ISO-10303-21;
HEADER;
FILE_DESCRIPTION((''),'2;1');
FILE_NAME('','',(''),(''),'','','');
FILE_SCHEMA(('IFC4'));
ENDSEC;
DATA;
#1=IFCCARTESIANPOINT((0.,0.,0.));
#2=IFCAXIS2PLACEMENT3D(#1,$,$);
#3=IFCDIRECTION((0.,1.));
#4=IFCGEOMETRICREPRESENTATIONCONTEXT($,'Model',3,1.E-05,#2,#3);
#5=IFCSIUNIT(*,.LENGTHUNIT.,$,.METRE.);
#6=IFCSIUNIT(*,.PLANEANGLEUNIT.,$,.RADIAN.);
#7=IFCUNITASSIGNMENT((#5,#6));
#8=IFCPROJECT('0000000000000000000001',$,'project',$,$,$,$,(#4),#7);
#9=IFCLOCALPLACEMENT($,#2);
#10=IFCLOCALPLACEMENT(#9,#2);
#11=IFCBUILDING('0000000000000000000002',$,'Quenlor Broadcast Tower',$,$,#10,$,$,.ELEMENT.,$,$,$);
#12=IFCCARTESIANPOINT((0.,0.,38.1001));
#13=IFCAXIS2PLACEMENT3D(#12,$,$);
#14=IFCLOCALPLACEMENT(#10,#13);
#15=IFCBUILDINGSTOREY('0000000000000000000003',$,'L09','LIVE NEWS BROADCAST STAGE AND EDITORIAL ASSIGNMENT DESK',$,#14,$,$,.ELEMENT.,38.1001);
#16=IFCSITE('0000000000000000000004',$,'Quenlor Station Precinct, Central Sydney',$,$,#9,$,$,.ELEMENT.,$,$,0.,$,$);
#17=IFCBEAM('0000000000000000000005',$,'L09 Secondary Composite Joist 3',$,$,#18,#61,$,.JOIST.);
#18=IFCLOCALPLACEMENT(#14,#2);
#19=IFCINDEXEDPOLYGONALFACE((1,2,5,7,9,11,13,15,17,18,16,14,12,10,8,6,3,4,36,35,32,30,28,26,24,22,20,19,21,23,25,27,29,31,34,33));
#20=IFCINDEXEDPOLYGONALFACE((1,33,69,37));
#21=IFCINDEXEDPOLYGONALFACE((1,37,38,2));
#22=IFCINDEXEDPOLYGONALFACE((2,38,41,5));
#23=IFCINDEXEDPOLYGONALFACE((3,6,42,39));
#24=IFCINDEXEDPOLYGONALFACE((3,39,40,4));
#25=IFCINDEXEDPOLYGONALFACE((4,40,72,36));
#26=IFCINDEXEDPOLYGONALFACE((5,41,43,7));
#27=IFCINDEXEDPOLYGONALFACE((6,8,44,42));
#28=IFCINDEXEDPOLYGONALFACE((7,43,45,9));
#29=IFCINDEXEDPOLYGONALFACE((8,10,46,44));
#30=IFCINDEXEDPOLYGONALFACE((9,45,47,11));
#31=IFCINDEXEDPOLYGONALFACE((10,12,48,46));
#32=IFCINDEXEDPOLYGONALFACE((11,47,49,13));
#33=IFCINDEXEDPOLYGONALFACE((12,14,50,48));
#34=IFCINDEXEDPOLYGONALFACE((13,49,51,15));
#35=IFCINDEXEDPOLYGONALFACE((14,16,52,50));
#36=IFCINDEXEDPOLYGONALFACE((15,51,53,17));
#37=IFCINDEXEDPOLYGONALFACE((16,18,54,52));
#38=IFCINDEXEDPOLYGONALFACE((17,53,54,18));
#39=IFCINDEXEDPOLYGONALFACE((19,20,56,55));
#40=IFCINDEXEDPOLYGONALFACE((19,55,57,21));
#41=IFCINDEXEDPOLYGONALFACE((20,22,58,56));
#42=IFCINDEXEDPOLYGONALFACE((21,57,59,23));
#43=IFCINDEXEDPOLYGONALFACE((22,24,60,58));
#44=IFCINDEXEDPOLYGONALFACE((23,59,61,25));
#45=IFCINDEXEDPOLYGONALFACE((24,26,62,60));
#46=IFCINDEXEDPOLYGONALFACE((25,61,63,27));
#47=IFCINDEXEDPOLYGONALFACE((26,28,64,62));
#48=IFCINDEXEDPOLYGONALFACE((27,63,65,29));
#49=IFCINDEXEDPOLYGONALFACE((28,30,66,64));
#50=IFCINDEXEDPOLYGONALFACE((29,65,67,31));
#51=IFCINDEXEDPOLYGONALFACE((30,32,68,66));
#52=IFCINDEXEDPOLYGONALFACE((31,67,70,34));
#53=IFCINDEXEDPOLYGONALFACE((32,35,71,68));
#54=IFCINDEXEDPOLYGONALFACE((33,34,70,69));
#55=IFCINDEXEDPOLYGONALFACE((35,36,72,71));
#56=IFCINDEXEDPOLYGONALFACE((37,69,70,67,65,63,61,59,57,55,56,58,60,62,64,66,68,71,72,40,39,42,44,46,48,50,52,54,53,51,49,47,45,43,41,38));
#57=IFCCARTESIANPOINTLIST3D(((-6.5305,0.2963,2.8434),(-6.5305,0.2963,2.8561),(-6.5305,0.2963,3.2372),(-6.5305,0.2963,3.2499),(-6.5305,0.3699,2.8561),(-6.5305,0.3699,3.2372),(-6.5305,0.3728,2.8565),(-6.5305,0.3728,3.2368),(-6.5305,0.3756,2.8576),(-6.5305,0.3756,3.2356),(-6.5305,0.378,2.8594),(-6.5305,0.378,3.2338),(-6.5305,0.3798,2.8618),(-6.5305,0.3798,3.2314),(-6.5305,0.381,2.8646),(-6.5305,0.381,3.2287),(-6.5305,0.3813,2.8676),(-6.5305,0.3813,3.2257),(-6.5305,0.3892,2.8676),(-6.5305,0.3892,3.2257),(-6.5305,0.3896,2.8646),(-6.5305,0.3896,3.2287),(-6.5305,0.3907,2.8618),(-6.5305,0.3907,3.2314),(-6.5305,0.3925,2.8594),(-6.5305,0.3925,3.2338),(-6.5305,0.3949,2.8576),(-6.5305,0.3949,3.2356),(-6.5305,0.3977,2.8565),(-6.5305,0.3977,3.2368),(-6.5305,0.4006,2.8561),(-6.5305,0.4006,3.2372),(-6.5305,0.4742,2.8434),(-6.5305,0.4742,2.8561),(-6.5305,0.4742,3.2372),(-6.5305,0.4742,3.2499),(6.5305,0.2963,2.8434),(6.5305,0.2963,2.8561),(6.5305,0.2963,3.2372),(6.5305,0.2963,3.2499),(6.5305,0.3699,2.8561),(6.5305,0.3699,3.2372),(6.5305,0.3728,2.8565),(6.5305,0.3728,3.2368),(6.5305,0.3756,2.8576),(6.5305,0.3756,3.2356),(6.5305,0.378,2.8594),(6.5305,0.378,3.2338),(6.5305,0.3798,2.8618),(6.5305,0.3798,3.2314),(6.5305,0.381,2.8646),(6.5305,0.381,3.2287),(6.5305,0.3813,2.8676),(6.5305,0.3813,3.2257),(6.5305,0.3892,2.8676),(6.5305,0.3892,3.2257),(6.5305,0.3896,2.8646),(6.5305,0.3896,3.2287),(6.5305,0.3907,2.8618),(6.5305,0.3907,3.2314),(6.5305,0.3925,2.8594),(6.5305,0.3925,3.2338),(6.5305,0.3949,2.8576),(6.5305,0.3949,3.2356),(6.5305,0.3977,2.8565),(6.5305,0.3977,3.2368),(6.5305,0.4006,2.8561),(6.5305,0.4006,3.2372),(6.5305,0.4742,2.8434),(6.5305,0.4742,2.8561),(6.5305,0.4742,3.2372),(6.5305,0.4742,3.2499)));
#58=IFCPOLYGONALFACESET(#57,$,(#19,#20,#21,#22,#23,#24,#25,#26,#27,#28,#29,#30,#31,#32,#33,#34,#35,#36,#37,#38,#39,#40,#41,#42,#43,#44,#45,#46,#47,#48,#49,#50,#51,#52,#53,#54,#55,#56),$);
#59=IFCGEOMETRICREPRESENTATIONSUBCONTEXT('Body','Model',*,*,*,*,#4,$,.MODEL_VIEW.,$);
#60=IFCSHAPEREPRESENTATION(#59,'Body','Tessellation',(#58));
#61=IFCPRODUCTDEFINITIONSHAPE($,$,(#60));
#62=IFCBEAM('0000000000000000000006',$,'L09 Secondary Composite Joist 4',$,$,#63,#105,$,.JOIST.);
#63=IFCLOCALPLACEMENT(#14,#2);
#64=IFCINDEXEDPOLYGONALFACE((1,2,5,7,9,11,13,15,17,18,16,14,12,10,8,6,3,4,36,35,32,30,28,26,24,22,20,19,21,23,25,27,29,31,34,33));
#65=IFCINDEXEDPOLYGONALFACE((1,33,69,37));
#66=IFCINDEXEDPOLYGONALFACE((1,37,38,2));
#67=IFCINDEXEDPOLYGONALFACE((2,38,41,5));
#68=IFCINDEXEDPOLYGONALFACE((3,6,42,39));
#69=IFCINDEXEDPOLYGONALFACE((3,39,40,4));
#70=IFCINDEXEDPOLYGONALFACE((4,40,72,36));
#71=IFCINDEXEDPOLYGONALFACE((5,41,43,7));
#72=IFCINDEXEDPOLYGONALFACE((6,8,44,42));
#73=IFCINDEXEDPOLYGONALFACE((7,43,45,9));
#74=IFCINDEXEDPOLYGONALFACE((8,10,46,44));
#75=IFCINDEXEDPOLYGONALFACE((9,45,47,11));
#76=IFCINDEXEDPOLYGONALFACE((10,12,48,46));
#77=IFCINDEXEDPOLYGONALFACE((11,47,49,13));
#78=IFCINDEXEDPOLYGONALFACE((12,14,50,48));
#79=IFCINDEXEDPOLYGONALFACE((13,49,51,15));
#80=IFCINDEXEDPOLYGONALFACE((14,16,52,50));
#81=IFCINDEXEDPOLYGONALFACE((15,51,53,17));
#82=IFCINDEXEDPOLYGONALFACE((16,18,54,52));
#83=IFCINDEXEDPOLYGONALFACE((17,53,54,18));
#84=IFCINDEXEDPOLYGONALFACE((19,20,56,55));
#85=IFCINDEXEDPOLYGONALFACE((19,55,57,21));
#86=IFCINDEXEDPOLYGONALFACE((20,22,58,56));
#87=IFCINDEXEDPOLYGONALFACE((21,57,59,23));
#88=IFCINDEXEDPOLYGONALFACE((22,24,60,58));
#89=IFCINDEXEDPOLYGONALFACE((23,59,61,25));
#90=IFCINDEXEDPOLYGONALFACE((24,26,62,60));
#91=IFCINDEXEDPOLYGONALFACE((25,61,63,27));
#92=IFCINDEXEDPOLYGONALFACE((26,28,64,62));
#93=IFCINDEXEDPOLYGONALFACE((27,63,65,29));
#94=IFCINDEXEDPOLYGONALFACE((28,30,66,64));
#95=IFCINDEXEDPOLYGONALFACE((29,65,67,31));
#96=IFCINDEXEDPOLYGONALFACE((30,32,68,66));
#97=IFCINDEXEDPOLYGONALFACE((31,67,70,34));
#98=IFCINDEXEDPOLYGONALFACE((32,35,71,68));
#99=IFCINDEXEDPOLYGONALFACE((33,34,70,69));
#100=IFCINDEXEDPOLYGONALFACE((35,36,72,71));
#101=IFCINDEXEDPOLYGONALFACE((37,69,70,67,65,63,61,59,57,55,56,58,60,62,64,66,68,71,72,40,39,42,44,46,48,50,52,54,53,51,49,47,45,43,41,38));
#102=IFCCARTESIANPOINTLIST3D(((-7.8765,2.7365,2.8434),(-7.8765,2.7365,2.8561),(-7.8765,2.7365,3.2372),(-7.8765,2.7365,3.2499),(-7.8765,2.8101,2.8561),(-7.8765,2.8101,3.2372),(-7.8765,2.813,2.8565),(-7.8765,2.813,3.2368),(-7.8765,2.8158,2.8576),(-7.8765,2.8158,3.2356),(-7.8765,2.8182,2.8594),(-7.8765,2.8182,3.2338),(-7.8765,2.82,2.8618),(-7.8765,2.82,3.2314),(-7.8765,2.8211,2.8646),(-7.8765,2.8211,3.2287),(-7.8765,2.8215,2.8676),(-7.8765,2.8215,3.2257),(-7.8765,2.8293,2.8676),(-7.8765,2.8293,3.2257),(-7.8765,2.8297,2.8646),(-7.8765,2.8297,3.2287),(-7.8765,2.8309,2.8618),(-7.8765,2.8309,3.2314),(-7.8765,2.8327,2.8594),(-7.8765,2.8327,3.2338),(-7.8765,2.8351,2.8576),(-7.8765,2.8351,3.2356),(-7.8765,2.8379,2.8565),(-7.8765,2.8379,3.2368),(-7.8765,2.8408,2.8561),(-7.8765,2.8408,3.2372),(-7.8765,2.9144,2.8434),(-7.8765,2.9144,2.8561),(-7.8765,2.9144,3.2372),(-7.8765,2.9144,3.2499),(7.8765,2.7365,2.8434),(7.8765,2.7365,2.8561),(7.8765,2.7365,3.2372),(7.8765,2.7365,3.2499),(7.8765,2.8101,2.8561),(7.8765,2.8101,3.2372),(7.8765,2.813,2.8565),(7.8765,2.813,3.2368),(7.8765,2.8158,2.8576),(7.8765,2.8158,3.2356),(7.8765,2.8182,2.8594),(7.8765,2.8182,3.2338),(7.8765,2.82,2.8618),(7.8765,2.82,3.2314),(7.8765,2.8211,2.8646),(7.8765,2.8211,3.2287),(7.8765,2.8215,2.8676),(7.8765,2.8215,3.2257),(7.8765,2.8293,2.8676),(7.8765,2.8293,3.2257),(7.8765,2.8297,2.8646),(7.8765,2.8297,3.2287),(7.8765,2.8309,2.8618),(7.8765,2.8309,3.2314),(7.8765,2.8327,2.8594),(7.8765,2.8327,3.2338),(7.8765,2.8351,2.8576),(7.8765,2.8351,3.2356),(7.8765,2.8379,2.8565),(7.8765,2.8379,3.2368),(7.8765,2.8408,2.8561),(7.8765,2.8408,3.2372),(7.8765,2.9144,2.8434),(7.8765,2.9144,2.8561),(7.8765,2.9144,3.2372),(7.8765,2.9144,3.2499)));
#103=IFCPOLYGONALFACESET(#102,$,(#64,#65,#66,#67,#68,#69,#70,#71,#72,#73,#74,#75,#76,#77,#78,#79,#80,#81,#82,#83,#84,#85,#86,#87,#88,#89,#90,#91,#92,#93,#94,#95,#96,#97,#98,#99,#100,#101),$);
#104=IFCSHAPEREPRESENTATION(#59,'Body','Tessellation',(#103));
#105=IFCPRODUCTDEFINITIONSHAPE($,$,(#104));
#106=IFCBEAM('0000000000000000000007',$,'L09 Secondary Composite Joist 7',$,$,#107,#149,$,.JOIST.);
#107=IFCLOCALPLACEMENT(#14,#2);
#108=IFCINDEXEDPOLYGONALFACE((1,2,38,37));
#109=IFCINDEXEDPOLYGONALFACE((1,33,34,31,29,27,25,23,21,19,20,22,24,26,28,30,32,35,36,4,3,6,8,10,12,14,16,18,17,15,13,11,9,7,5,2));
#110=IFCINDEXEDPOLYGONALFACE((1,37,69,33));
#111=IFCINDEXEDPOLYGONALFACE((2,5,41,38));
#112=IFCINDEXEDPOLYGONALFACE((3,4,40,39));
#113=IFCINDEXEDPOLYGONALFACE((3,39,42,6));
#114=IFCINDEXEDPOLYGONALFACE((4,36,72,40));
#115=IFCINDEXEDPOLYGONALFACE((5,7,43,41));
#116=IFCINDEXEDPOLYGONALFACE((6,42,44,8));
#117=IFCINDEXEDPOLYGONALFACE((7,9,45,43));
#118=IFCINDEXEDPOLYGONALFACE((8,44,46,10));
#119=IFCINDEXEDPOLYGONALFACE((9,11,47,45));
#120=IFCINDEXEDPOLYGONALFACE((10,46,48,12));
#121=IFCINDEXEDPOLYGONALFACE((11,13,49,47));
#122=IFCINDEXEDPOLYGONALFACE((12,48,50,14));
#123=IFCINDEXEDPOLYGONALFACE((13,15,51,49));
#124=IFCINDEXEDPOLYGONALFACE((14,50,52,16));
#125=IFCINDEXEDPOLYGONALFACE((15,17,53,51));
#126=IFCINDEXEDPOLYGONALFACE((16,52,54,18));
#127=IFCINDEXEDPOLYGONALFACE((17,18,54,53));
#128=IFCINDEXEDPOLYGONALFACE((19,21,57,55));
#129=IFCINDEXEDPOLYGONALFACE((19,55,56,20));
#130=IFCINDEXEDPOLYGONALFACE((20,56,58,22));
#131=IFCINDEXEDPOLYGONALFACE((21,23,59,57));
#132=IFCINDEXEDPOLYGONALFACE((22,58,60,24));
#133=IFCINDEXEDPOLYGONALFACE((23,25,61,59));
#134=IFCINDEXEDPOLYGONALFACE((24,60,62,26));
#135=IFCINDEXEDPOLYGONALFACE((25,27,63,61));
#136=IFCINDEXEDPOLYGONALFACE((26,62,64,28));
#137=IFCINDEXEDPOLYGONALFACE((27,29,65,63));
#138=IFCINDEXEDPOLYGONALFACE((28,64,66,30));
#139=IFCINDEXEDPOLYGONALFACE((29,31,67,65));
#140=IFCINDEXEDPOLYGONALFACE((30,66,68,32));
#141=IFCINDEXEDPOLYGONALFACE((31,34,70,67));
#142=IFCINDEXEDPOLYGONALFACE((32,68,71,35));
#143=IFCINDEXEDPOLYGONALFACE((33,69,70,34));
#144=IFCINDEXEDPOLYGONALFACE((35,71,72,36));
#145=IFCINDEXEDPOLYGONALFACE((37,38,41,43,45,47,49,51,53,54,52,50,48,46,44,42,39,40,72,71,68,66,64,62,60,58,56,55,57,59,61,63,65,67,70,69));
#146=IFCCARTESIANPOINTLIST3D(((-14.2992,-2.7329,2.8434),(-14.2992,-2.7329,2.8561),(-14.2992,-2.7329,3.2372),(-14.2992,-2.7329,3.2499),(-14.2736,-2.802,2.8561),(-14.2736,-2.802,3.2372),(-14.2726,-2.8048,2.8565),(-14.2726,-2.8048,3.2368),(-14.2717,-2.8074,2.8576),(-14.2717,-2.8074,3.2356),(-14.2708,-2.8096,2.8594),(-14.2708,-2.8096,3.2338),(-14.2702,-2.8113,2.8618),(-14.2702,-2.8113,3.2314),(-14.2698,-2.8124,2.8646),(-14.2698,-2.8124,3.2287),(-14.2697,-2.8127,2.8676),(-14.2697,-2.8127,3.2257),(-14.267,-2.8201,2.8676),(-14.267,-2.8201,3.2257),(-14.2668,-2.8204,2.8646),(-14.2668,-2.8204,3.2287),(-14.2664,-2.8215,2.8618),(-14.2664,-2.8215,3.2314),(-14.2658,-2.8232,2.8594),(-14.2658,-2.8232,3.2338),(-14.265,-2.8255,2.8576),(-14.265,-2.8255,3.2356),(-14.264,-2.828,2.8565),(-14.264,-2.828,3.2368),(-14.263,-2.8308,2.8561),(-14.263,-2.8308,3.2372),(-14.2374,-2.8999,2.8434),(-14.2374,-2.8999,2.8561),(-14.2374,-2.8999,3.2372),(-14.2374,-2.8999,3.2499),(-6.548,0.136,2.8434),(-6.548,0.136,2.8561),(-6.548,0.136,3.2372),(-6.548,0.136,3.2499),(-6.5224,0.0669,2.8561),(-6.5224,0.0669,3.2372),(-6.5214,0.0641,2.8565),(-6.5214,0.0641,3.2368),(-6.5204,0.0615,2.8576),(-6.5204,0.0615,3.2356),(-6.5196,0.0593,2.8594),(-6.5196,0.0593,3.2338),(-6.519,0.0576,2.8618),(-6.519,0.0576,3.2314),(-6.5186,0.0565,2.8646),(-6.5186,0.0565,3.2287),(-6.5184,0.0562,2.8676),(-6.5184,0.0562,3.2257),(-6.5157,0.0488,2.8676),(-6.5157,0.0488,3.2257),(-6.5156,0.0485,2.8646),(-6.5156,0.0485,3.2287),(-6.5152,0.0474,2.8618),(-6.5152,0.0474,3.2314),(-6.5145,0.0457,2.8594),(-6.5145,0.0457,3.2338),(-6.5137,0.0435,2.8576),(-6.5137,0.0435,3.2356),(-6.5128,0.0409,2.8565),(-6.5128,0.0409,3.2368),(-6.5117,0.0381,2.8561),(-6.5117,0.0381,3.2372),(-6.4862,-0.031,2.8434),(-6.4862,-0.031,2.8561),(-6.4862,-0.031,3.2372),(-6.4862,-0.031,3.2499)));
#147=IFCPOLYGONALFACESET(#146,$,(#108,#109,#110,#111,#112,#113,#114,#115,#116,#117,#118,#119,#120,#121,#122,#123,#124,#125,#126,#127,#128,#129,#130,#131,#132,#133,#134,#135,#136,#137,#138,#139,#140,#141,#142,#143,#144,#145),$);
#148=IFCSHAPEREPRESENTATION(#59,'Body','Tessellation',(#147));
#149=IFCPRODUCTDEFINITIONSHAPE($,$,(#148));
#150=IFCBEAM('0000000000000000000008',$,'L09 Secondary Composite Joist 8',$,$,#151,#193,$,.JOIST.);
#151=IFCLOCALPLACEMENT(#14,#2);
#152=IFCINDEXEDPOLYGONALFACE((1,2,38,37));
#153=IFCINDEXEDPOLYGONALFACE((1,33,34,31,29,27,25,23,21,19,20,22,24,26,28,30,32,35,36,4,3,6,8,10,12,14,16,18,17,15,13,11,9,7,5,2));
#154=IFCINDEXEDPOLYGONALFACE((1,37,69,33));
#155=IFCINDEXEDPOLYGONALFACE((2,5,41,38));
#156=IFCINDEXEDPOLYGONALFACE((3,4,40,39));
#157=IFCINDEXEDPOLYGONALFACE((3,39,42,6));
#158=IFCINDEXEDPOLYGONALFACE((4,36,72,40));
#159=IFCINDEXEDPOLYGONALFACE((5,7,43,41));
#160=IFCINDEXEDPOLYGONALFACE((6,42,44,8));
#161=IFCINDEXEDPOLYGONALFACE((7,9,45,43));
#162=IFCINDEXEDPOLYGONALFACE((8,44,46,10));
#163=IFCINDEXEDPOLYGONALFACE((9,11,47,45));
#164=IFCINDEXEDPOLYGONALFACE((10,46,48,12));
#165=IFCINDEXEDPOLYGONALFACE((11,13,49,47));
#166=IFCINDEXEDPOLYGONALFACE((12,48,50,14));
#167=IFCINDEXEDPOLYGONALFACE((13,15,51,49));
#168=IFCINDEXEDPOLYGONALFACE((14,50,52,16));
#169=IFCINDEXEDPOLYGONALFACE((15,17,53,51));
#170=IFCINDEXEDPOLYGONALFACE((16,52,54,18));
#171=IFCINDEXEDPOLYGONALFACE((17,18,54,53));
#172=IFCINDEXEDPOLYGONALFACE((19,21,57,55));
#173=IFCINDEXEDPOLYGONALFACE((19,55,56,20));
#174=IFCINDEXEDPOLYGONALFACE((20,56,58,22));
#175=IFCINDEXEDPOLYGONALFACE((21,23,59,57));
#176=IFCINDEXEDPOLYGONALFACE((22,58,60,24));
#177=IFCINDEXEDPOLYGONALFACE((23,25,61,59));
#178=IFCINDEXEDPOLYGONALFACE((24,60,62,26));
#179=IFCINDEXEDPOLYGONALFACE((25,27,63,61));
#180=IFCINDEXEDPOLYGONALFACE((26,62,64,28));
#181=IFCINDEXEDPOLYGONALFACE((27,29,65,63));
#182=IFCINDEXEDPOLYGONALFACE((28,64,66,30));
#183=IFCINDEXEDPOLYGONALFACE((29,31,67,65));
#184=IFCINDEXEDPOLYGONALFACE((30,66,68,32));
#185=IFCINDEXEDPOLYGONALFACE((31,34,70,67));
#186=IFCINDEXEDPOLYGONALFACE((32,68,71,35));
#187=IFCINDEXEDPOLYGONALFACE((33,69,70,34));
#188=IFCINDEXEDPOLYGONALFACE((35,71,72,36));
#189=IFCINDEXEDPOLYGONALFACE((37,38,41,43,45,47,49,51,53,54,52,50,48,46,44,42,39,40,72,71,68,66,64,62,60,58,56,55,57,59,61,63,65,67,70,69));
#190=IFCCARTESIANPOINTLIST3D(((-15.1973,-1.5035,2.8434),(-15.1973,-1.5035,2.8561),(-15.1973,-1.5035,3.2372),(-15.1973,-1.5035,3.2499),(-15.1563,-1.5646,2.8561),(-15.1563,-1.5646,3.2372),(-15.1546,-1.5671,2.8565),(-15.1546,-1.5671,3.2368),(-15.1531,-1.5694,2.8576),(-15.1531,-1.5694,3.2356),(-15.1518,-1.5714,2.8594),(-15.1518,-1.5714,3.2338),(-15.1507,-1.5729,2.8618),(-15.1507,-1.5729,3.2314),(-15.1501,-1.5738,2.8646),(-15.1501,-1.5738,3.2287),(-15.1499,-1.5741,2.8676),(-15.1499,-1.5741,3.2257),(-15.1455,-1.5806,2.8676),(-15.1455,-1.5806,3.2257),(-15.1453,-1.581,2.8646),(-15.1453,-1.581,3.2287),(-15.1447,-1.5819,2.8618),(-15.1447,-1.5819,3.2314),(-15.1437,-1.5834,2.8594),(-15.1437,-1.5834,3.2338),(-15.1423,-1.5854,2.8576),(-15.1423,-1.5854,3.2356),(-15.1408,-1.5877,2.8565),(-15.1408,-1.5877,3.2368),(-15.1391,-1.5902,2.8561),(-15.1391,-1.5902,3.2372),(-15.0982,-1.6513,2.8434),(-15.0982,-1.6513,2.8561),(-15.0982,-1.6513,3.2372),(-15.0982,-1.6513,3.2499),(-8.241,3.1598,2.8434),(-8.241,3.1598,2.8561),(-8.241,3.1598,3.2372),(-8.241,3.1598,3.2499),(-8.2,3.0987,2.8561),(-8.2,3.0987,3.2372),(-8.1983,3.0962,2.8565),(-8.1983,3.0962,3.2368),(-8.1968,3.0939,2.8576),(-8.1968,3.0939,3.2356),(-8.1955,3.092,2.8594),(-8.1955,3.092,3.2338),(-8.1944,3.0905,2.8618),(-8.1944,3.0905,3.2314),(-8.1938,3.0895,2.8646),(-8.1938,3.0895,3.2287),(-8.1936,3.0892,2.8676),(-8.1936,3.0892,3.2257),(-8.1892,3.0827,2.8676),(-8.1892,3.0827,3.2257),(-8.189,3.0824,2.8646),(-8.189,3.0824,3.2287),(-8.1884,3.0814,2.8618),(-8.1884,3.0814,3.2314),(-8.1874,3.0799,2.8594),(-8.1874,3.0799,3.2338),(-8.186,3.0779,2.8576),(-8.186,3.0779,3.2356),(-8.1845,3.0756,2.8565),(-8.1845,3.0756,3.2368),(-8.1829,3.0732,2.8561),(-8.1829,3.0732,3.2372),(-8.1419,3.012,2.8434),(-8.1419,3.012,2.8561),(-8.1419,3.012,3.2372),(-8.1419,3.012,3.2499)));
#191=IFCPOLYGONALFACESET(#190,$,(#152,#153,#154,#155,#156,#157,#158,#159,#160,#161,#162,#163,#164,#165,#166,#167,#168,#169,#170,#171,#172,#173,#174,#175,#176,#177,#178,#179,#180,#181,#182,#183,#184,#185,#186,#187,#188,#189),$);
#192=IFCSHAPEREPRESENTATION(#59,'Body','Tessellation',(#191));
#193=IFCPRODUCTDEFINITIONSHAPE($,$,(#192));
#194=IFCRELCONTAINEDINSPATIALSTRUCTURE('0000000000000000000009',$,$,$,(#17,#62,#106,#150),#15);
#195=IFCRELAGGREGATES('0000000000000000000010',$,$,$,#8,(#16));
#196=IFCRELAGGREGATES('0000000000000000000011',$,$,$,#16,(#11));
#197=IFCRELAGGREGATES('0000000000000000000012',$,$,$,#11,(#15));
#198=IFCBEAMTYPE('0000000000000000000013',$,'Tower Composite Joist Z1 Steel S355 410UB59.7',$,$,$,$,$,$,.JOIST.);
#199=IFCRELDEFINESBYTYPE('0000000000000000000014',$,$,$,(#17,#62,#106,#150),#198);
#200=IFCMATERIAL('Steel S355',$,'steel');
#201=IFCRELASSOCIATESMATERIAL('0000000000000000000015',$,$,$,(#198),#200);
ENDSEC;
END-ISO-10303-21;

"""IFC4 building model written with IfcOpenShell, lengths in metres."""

from ifc_helpers import new_model, si_unit, direction, frame, origin, origin_2d, place, context, subcontext, project, spatial, i_section, extrude, material, material_profile, profile_set, type_object, element, save


model = new_model("IFC4")

# Units and contexts
model_context = context("Model", 3, precision=1e-05, world=origin(), true_north=direction((0.0, 1.0)))
body_context = subcontext(model_context, "Body", "Model", "MODEL_VIEW")
ifc_project = project(units=[si_unit("LENGTHUNIT", "METRE"), si_unit("PLANEANGLEUNIT", "RADIAN")], contexts=[model_context])

# Site, building, storey
site_placement = place(None, origin())
site = spatial("IfcSite", under=ifc_project, at=site_placement, Name="Quenlor Station Precinct, Central Sydney", CompositionType="ELEMENT", RefElevation=0.0)
building_placement = place(site_placement, origin())
building = spatial("IfcBuilding", under=site, at=building_placement, Name="Quenlor Broadcast Tower", CompositionType="ELEMENT")
storey_placement = place(building_placement, frame((0.0, 0.0, 38.1001)))
storey = spatial("IfcBuildingStorey", under=building, at=storey_placement, Name="L09", Description="LIVE NEWS BROADCAST STAGE AND EDITORIAL ASSIGNMENT DESK", CompositionType="ELEMENT", Elevation=38.1001)

# Beams
ifc_material_1 = material(Name="Steel S355", Category="steel")
ifc_material_profile_1 = material_profile(ifc_material_1, i_section(OverallWidth=0.178, OverallDepth=0.4065, WebThickness=0.0078, FlangeThickness=0.0127, FilletRadius=0.0115, at=origin_2d()))
ifc_profile_set_1 = profile_set([ifc_material_profile_1], Name="Steel S355 410UB59.7")
beam_type_1 = type_object("IfcBeamType", Name="Tower Composite Joist Z1 Steel S355 410UB59.7", PredefinedType="JOIST", material=ifc_profile_set_1)
beam_1_placement = place(storey_placement, frame((-6.5305, 0.3853, 3.0466), z_axis=(1.0, 0.0, 0.0), x_axis=(0.0, 1.0, 0.0)))
element("IfcBeam", 1, at=beam_1_placement, inside=storey, type_object=beam_type_1, Name="L09 Secondary Composite Joist 3", PredefinedType="JOIST", context=body_context, shape_type="SweptSolid", body=[
    extrude(i_section(OverallWidth=0.178, OverallDepth=0.4065, WebThickness=0.0078, FlangeThickness=0.0127, FilletRadius=0.0115, at=origin_2d()), origin(), (0.0, 0.0, 1.0), 13.061),
])
beam_2_placement = place(storey_placement, frame((-7.8765, 2.8254, 3.0466), z_axis=(1.0, 0.0, 0.0), x_axis=(0.0, 1.0, 0.0)))
element("IfcBeam", 2, at=beam_2_placement, inside=storey, type_object=beam_type_1, Name="L09 Secondary Composite Joist 4", PredefinedType="JOIST", context=body_context, shape_type="SweptSolid", body=[
    extrude(i_section(OverallWidth=0.178, OverallDepth=0.4065, WebThickness=0.0078, FlangeThickness=0.0127, FilletRadius=0.0115, at=origin_2d()), origin(), (0.0, 0.0, 1.0), 15.7529),
])
beam_3_placement = place(storey_placement, frame((-14.2683, -2.8164, 3.0466), z_axis=(0.937825, 0.347109, 0.0), x_axis=(-0.347109, 0.937825, 0.0)))
element("IfcBeam", 3, at=beam_3_placement, inside=storey, type_object=beam_type_1, Name="L09 Secondary Composite Joist 7", PredefinedType="JOIST", context=body_context, shape_type="SweptSolid", body=[
    extrude(i_section(OverallWidth=0.178, OverallDepth=0.4065, WebThickness=0.0078, FlangeThickness=0.0127, FilletRadius=0.0115, at=origin_2d()), origin(), (0.0, 0.0, 1.0), 8.2651),
])
beam_4_placement = place(storey_placement, frame((-15.1477, -1.5774, 3.0466), z_axis=(0.830626, 0.556831, 0.0), x_axis=(-0.556831, 0.830626, 0.0)))
element("IfcBeam", 4, at=beam_4_placement, inside=storey, type_object=beam_type_1, Name="L09 Secondary Composite Joist 8", PredefinedType="JOIST", context=body_context, shape_type="SweptSolid", body=[
    extrude(i_section(OverallWidth=0.178, OverallDepth=0.4065, WebThickness=0.0078, FlangeThickness=0.0127, FilletRadius=0.0115, at=origin_2d()), origin(), (0.0, 0.0, 1.0), 8.3748),
])

save(model, "model.ifc")
